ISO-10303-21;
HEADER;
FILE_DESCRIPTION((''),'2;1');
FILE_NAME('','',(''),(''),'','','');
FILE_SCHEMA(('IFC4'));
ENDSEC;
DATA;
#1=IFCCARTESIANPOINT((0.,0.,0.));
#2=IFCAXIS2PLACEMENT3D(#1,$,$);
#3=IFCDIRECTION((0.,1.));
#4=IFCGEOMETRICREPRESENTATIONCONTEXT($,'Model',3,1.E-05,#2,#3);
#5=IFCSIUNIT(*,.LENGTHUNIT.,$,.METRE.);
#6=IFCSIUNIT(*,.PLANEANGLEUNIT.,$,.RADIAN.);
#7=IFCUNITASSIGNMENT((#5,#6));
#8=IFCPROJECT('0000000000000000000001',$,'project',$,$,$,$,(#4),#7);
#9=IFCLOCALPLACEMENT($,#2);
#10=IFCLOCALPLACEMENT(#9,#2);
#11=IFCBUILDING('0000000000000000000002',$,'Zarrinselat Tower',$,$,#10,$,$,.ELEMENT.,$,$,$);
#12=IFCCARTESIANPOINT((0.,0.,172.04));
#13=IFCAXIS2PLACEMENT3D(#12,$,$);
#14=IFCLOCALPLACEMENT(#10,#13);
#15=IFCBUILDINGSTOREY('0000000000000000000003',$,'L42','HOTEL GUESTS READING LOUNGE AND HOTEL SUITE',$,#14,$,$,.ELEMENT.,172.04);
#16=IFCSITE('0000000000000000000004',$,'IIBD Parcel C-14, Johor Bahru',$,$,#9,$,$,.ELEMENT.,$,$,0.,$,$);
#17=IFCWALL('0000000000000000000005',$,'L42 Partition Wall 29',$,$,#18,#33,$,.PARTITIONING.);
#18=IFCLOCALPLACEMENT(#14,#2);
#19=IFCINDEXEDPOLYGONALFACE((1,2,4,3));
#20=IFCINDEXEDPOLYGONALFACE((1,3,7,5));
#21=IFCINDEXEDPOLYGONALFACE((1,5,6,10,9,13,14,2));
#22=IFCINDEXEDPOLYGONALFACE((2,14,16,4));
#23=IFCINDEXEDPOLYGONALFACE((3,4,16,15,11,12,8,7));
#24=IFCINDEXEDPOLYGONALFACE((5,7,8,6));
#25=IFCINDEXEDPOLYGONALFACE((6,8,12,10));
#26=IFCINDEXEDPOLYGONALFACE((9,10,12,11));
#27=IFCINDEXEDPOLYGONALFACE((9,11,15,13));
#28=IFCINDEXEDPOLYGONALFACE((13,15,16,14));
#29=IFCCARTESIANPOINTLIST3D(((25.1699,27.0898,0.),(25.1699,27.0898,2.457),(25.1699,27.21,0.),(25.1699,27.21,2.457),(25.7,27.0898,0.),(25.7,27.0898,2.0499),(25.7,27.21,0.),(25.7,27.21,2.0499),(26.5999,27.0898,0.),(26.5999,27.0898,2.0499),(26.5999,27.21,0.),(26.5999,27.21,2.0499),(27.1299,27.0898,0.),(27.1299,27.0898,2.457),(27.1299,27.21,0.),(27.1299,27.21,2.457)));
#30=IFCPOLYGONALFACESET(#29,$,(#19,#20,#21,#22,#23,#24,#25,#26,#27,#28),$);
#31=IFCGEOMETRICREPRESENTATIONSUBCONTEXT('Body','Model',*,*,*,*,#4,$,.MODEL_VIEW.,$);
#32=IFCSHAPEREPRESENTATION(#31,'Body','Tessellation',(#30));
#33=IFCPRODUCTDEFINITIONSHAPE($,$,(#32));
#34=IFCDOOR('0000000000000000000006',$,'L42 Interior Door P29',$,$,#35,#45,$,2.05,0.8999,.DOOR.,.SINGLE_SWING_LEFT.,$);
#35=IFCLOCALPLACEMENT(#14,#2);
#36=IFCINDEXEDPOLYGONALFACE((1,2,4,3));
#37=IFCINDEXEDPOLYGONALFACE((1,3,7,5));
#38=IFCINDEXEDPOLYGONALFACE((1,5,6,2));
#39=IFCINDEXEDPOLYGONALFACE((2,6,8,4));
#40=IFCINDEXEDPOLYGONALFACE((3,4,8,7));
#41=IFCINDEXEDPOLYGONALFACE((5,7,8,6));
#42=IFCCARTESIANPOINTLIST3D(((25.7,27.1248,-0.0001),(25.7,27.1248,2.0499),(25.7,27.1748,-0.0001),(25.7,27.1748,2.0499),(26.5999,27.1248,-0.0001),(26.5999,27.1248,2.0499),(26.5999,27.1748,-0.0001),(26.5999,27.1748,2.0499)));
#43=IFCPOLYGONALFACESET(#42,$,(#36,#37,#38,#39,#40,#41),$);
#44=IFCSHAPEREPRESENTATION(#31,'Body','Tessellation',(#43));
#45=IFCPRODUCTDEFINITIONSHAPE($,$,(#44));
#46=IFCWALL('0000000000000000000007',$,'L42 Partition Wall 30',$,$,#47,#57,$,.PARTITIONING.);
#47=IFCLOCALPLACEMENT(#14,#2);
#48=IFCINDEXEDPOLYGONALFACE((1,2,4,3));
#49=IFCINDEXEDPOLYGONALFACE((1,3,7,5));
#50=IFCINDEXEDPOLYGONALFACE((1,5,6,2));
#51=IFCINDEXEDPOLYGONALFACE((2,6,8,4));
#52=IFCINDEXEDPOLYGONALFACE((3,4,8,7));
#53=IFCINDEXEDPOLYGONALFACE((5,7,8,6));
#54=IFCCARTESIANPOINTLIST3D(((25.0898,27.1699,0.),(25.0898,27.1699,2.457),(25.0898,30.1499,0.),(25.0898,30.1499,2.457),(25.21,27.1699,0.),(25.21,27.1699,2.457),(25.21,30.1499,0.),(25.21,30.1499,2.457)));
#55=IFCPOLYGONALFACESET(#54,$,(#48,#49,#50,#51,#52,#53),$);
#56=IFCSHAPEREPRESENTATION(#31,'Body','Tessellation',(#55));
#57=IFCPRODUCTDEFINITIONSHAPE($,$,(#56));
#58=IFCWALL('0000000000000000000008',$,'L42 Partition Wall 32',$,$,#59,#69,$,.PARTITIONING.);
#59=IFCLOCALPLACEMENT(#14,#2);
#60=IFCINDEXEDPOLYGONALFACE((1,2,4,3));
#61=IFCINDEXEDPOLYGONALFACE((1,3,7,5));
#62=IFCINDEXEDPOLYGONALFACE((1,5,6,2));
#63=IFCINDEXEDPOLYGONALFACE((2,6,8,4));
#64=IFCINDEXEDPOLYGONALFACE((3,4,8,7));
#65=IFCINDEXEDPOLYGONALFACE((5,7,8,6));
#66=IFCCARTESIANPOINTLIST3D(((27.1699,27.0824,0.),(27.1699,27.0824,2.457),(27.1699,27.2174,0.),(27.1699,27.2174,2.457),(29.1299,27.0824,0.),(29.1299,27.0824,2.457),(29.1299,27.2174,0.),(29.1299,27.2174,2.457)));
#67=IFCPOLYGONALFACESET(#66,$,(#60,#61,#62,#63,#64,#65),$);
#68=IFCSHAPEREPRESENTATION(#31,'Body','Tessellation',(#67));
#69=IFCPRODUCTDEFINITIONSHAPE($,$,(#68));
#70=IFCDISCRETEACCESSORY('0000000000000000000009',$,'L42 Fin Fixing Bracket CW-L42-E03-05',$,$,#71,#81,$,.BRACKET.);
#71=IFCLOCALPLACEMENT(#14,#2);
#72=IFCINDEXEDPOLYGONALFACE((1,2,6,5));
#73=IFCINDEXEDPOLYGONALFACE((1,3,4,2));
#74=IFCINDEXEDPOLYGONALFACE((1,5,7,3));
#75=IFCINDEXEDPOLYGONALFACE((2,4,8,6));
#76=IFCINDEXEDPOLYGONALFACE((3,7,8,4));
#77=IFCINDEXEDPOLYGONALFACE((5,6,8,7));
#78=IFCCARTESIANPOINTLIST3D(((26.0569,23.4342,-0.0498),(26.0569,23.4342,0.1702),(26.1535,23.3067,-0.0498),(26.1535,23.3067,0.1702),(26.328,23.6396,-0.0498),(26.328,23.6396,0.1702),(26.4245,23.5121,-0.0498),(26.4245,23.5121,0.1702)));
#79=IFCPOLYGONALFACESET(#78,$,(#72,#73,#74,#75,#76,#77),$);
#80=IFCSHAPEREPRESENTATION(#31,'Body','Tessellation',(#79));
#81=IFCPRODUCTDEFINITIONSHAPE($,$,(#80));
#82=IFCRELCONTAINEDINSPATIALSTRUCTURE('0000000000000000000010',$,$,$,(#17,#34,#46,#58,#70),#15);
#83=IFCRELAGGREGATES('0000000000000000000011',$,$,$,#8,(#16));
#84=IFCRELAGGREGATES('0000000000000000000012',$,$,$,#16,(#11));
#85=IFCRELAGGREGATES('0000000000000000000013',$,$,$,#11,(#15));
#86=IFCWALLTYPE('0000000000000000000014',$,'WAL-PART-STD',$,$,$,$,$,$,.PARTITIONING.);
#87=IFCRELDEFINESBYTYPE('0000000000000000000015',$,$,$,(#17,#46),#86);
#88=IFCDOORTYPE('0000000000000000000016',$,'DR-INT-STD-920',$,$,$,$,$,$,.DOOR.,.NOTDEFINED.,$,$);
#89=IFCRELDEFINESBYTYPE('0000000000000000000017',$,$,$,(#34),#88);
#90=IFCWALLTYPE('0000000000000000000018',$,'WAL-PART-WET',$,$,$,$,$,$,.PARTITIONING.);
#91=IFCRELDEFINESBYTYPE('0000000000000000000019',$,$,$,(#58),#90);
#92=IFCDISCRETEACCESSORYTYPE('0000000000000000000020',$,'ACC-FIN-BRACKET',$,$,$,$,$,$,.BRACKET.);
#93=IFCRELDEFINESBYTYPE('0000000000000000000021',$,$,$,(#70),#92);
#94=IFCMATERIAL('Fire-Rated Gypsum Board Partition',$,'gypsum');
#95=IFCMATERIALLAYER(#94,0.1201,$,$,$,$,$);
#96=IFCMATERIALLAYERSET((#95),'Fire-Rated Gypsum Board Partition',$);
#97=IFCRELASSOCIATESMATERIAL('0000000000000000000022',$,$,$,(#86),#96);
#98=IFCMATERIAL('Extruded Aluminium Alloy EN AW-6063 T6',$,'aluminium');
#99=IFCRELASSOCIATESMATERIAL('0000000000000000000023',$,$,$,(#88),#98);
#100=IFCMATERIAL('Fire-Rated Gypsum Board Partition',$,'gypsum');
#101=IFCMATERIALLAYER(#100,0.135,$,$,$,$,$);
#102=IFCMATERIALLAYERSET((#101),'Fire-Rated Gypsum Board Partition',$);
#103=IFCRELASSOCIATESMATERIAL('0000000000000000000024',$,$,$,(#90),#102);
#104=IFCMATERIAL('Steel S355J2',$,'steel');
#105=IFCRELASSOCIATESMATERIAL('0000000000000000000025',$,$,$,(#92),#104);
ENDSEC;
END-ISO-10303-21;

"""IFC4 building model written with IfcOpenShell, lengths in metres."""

from ifc_helpers import new_model, si_unit, direction, frame, frame_2d, origin, origin_2d, place, context, subcontext, project, spatial, rectangle, extrude, material, layer, layer_set, type_object, element, fill, save


model = new_model("IFC4")

# Units and contexts
model_context = context("Model", 3, precision=1e-05, world=origin(), true_north=direction((0.0, 1.0)))
body_context = subcontext(model_context, "Body", "Model", "MODEL_VIEW")
ifc_project = project(units=[si_unit("LENGTHUNIT", "METRE"), si_unit("PLANEANGLEUNIT", "RADIAN")], contexts=[model_context])

# Site, building, storey
site_placement = place(None, origin())
site = spatial("IfcSite", under=ifc_project, at=site_placement, Name="IIBD Parcel C-14, Johor Bahru", CompositionType="ELEMENT", RefElevation=0.0)
building_placement = place(site_placement, origin())
building = spatial("IfcBuilding", under=site, at=building_placement, Name="Zarrinselat Tower", CompositionType="ELEMENT")
storey_placement = place(building_placement, frame((0.0, 0.0, 172.04)))
storey = spatial("IfcBuildingStorey", under=building, at=storey_placement, Name="L42", Description="HOTEL GUESTS READING LOUNGE AND HOTEL SUITE", CompositionType="ELEMENT", Elevation=172.04)

# Wall, opening, door
ifc_material_1 = material(Name="Fire-Rated Gypsum Board Partition", Category="gypsum")
ifc_layer_1 = layer(ifc_material_1, 0.1201)
ifc_layer_set_1 = layer_set([ifc_layer_1], Name="Fire-Rated Gypsum Board Partition")
wall_type_1 = type_object("IfcWallType", Name="WAL-PART-STD", PredefinedType="PARTITIONING", material=ifc_layer_set_1)
wall_1_placement = place(storey_placement, frame((25.1699, 27.1499, 0.0), z_axis=(0.0, 0.0, 1.0), x_axis=(1.0, 0.0, 0.0)))
wall_1 = element("IfcWall", 1, at=wall_1_placement, inside=storey, type_object=wall_type_1, Name="L42 Partition Wall 29", PredefinedType="PARTITIONING", context=body_context, shape_type="SweptSolid", body=[
    extrude(rectangle(XDim=1.96, YDim=0.1201, at=frame_2d((0.98, 0.0))), origin(), (0.0, 0.0, 1.0), 2.457),
])
opening_placement = place(wall_1_placement, frame((0.53, 0.0, 0.0)))
opening = element("IfcOpeningElement", 2, at=opening_placement, cuts=wall_1, PredefinedType="OPENING", context=body_context, shape_type="SweptSolid", body=[
    extrude(rectangle(XDim=0.8999, YDim=2.05, at=frame_2d((0.45, 1.0249))), frame((0.0, 0.0701, 0.0), z_axis=(0.0, -1.0, 0.0), x_axis=(1.0, 0.0, 0.0)), (0.0, 0.0, 1.0), 0.1401),
])
ifc_material_2 = material(Name="Extruded Aluminium Alloy EN AW-6063 T6", Category="aluminium")
door_type = type_object("IfcDoorType", Name="DR-INT-STD-920", OperationType="NOTDEFINED", PredefinedType="DOOR", material=ifc_material_2)
door_placement = place(opening_placement, origin())
door = element("IfcDoor", 3, at=door_placement, inside=storey, type_object=door_type, Name="L42 Interior Door P29", OperationType="SINGLE_SWING_LEFT", OverallHeight=2.05, OverallWidth=0.8999, PredefinedType="DOOR", context=body_context, shape_type="SweptSolid", body=[
    extrude(rectangle(XDim=0.8999, YDim=2.05, at=frame_2d((0.45, 1.0249))), frame((0.0, 0.0249, 0.0), z_axis=(0.0, -1.0, 0.0), x_axis=(1.0, 0.0, 0.0)), (0.0, 0.0, 1.0), 0.05),
])
fill(opening, door)

# Walls
wall_2_placement = place(storey_placement, frame((25.1499, 27.1699, 0.0), z_axis=(0.0, 0.0, 1.0), x_axis=(0.0, 1.0, 0.0)))
element("IfcWall", 4, at=wall_2_placement, inside=storey, type_object=wall_type_1, Name="L42 Partition Wall 30", PredefinedType="PARTITIONING", context=body_context, shape_type="SweptSolid", body=[
    extrude(rectangle(XDim=2.98, YDim=0.1201, at=frame_2d((1.49, 0.0))), origin(), (0.0, 0.0, 1.0), 2.457),
])
ifc_material_3 = material(Name="Fire-Rated Gypsum Board Partition", Category="gypsum")
ifc_layer_2 = layer(ifc_material_3, 0.135)
ifc_layer_set_2 = layer_set([ifc_layer_2], Name="Fire-Rated Gypsum Board Partition")
wall_type_2 = type_object("IfcWallType", Name="WAL-PART-WET", PredefinedType="PARTITIONING", material=ifc_layer_set_2)
wall_3_placement = place(storey_placement, frame((27.1699, 27.1499, 0.0), z_axis=(0.0, 0.0, 1.0), x_axis=(1.0, 0.0, 0.0)))
element("IfcWall", 5, at=wall_3_placement, inside=storey, type_object=wall_type_2, Name="L42 Partition Wall 32", PredefinedType="PARTITIONING", context=body_context, shape_type="SweptSolid", body=[
    extrude(rectangle(XDim=1.96, YDim=0.135, at=frame_2d((0.98, 0.0))), origin(), (0.0, 0.0, 1.0), 2.457),
])

# Discrete accessory
ifc_material_4 = material(Name="Steel S355J2", Category="steel")
discrete_accessory_type = type_object("IfcDiscreteAccessoryType", Name="ACC-FIN-BRACKET", PredefinedType="BRACKET", material=ifc_material_4)
discrete_accessory_placement = place(storey_placement, frame((26.2407, 23.4731, -0.0498), z_axis=(0.0, 0.0, 1.0), x_axis=(-0.797092, -0.603858, 0.0)))
element("IfcDiscreteAccessory", 6, at=discrete_accessory_placement, inside=storey, type_object=discrete_accessory_type, Name="L42 Fin Fixing Bracket CW-L42-E03-05", PredefinedType="BRACKET", context=body_context, shape_type="SweptSolid", body=[
    extrude(rectangle(XDim=0.3401, YDim=0.1599, at=origin_2d()), origin(), (0.0, 0.0, 1.0), 0.22),
])

save(model, "model.ifc")
